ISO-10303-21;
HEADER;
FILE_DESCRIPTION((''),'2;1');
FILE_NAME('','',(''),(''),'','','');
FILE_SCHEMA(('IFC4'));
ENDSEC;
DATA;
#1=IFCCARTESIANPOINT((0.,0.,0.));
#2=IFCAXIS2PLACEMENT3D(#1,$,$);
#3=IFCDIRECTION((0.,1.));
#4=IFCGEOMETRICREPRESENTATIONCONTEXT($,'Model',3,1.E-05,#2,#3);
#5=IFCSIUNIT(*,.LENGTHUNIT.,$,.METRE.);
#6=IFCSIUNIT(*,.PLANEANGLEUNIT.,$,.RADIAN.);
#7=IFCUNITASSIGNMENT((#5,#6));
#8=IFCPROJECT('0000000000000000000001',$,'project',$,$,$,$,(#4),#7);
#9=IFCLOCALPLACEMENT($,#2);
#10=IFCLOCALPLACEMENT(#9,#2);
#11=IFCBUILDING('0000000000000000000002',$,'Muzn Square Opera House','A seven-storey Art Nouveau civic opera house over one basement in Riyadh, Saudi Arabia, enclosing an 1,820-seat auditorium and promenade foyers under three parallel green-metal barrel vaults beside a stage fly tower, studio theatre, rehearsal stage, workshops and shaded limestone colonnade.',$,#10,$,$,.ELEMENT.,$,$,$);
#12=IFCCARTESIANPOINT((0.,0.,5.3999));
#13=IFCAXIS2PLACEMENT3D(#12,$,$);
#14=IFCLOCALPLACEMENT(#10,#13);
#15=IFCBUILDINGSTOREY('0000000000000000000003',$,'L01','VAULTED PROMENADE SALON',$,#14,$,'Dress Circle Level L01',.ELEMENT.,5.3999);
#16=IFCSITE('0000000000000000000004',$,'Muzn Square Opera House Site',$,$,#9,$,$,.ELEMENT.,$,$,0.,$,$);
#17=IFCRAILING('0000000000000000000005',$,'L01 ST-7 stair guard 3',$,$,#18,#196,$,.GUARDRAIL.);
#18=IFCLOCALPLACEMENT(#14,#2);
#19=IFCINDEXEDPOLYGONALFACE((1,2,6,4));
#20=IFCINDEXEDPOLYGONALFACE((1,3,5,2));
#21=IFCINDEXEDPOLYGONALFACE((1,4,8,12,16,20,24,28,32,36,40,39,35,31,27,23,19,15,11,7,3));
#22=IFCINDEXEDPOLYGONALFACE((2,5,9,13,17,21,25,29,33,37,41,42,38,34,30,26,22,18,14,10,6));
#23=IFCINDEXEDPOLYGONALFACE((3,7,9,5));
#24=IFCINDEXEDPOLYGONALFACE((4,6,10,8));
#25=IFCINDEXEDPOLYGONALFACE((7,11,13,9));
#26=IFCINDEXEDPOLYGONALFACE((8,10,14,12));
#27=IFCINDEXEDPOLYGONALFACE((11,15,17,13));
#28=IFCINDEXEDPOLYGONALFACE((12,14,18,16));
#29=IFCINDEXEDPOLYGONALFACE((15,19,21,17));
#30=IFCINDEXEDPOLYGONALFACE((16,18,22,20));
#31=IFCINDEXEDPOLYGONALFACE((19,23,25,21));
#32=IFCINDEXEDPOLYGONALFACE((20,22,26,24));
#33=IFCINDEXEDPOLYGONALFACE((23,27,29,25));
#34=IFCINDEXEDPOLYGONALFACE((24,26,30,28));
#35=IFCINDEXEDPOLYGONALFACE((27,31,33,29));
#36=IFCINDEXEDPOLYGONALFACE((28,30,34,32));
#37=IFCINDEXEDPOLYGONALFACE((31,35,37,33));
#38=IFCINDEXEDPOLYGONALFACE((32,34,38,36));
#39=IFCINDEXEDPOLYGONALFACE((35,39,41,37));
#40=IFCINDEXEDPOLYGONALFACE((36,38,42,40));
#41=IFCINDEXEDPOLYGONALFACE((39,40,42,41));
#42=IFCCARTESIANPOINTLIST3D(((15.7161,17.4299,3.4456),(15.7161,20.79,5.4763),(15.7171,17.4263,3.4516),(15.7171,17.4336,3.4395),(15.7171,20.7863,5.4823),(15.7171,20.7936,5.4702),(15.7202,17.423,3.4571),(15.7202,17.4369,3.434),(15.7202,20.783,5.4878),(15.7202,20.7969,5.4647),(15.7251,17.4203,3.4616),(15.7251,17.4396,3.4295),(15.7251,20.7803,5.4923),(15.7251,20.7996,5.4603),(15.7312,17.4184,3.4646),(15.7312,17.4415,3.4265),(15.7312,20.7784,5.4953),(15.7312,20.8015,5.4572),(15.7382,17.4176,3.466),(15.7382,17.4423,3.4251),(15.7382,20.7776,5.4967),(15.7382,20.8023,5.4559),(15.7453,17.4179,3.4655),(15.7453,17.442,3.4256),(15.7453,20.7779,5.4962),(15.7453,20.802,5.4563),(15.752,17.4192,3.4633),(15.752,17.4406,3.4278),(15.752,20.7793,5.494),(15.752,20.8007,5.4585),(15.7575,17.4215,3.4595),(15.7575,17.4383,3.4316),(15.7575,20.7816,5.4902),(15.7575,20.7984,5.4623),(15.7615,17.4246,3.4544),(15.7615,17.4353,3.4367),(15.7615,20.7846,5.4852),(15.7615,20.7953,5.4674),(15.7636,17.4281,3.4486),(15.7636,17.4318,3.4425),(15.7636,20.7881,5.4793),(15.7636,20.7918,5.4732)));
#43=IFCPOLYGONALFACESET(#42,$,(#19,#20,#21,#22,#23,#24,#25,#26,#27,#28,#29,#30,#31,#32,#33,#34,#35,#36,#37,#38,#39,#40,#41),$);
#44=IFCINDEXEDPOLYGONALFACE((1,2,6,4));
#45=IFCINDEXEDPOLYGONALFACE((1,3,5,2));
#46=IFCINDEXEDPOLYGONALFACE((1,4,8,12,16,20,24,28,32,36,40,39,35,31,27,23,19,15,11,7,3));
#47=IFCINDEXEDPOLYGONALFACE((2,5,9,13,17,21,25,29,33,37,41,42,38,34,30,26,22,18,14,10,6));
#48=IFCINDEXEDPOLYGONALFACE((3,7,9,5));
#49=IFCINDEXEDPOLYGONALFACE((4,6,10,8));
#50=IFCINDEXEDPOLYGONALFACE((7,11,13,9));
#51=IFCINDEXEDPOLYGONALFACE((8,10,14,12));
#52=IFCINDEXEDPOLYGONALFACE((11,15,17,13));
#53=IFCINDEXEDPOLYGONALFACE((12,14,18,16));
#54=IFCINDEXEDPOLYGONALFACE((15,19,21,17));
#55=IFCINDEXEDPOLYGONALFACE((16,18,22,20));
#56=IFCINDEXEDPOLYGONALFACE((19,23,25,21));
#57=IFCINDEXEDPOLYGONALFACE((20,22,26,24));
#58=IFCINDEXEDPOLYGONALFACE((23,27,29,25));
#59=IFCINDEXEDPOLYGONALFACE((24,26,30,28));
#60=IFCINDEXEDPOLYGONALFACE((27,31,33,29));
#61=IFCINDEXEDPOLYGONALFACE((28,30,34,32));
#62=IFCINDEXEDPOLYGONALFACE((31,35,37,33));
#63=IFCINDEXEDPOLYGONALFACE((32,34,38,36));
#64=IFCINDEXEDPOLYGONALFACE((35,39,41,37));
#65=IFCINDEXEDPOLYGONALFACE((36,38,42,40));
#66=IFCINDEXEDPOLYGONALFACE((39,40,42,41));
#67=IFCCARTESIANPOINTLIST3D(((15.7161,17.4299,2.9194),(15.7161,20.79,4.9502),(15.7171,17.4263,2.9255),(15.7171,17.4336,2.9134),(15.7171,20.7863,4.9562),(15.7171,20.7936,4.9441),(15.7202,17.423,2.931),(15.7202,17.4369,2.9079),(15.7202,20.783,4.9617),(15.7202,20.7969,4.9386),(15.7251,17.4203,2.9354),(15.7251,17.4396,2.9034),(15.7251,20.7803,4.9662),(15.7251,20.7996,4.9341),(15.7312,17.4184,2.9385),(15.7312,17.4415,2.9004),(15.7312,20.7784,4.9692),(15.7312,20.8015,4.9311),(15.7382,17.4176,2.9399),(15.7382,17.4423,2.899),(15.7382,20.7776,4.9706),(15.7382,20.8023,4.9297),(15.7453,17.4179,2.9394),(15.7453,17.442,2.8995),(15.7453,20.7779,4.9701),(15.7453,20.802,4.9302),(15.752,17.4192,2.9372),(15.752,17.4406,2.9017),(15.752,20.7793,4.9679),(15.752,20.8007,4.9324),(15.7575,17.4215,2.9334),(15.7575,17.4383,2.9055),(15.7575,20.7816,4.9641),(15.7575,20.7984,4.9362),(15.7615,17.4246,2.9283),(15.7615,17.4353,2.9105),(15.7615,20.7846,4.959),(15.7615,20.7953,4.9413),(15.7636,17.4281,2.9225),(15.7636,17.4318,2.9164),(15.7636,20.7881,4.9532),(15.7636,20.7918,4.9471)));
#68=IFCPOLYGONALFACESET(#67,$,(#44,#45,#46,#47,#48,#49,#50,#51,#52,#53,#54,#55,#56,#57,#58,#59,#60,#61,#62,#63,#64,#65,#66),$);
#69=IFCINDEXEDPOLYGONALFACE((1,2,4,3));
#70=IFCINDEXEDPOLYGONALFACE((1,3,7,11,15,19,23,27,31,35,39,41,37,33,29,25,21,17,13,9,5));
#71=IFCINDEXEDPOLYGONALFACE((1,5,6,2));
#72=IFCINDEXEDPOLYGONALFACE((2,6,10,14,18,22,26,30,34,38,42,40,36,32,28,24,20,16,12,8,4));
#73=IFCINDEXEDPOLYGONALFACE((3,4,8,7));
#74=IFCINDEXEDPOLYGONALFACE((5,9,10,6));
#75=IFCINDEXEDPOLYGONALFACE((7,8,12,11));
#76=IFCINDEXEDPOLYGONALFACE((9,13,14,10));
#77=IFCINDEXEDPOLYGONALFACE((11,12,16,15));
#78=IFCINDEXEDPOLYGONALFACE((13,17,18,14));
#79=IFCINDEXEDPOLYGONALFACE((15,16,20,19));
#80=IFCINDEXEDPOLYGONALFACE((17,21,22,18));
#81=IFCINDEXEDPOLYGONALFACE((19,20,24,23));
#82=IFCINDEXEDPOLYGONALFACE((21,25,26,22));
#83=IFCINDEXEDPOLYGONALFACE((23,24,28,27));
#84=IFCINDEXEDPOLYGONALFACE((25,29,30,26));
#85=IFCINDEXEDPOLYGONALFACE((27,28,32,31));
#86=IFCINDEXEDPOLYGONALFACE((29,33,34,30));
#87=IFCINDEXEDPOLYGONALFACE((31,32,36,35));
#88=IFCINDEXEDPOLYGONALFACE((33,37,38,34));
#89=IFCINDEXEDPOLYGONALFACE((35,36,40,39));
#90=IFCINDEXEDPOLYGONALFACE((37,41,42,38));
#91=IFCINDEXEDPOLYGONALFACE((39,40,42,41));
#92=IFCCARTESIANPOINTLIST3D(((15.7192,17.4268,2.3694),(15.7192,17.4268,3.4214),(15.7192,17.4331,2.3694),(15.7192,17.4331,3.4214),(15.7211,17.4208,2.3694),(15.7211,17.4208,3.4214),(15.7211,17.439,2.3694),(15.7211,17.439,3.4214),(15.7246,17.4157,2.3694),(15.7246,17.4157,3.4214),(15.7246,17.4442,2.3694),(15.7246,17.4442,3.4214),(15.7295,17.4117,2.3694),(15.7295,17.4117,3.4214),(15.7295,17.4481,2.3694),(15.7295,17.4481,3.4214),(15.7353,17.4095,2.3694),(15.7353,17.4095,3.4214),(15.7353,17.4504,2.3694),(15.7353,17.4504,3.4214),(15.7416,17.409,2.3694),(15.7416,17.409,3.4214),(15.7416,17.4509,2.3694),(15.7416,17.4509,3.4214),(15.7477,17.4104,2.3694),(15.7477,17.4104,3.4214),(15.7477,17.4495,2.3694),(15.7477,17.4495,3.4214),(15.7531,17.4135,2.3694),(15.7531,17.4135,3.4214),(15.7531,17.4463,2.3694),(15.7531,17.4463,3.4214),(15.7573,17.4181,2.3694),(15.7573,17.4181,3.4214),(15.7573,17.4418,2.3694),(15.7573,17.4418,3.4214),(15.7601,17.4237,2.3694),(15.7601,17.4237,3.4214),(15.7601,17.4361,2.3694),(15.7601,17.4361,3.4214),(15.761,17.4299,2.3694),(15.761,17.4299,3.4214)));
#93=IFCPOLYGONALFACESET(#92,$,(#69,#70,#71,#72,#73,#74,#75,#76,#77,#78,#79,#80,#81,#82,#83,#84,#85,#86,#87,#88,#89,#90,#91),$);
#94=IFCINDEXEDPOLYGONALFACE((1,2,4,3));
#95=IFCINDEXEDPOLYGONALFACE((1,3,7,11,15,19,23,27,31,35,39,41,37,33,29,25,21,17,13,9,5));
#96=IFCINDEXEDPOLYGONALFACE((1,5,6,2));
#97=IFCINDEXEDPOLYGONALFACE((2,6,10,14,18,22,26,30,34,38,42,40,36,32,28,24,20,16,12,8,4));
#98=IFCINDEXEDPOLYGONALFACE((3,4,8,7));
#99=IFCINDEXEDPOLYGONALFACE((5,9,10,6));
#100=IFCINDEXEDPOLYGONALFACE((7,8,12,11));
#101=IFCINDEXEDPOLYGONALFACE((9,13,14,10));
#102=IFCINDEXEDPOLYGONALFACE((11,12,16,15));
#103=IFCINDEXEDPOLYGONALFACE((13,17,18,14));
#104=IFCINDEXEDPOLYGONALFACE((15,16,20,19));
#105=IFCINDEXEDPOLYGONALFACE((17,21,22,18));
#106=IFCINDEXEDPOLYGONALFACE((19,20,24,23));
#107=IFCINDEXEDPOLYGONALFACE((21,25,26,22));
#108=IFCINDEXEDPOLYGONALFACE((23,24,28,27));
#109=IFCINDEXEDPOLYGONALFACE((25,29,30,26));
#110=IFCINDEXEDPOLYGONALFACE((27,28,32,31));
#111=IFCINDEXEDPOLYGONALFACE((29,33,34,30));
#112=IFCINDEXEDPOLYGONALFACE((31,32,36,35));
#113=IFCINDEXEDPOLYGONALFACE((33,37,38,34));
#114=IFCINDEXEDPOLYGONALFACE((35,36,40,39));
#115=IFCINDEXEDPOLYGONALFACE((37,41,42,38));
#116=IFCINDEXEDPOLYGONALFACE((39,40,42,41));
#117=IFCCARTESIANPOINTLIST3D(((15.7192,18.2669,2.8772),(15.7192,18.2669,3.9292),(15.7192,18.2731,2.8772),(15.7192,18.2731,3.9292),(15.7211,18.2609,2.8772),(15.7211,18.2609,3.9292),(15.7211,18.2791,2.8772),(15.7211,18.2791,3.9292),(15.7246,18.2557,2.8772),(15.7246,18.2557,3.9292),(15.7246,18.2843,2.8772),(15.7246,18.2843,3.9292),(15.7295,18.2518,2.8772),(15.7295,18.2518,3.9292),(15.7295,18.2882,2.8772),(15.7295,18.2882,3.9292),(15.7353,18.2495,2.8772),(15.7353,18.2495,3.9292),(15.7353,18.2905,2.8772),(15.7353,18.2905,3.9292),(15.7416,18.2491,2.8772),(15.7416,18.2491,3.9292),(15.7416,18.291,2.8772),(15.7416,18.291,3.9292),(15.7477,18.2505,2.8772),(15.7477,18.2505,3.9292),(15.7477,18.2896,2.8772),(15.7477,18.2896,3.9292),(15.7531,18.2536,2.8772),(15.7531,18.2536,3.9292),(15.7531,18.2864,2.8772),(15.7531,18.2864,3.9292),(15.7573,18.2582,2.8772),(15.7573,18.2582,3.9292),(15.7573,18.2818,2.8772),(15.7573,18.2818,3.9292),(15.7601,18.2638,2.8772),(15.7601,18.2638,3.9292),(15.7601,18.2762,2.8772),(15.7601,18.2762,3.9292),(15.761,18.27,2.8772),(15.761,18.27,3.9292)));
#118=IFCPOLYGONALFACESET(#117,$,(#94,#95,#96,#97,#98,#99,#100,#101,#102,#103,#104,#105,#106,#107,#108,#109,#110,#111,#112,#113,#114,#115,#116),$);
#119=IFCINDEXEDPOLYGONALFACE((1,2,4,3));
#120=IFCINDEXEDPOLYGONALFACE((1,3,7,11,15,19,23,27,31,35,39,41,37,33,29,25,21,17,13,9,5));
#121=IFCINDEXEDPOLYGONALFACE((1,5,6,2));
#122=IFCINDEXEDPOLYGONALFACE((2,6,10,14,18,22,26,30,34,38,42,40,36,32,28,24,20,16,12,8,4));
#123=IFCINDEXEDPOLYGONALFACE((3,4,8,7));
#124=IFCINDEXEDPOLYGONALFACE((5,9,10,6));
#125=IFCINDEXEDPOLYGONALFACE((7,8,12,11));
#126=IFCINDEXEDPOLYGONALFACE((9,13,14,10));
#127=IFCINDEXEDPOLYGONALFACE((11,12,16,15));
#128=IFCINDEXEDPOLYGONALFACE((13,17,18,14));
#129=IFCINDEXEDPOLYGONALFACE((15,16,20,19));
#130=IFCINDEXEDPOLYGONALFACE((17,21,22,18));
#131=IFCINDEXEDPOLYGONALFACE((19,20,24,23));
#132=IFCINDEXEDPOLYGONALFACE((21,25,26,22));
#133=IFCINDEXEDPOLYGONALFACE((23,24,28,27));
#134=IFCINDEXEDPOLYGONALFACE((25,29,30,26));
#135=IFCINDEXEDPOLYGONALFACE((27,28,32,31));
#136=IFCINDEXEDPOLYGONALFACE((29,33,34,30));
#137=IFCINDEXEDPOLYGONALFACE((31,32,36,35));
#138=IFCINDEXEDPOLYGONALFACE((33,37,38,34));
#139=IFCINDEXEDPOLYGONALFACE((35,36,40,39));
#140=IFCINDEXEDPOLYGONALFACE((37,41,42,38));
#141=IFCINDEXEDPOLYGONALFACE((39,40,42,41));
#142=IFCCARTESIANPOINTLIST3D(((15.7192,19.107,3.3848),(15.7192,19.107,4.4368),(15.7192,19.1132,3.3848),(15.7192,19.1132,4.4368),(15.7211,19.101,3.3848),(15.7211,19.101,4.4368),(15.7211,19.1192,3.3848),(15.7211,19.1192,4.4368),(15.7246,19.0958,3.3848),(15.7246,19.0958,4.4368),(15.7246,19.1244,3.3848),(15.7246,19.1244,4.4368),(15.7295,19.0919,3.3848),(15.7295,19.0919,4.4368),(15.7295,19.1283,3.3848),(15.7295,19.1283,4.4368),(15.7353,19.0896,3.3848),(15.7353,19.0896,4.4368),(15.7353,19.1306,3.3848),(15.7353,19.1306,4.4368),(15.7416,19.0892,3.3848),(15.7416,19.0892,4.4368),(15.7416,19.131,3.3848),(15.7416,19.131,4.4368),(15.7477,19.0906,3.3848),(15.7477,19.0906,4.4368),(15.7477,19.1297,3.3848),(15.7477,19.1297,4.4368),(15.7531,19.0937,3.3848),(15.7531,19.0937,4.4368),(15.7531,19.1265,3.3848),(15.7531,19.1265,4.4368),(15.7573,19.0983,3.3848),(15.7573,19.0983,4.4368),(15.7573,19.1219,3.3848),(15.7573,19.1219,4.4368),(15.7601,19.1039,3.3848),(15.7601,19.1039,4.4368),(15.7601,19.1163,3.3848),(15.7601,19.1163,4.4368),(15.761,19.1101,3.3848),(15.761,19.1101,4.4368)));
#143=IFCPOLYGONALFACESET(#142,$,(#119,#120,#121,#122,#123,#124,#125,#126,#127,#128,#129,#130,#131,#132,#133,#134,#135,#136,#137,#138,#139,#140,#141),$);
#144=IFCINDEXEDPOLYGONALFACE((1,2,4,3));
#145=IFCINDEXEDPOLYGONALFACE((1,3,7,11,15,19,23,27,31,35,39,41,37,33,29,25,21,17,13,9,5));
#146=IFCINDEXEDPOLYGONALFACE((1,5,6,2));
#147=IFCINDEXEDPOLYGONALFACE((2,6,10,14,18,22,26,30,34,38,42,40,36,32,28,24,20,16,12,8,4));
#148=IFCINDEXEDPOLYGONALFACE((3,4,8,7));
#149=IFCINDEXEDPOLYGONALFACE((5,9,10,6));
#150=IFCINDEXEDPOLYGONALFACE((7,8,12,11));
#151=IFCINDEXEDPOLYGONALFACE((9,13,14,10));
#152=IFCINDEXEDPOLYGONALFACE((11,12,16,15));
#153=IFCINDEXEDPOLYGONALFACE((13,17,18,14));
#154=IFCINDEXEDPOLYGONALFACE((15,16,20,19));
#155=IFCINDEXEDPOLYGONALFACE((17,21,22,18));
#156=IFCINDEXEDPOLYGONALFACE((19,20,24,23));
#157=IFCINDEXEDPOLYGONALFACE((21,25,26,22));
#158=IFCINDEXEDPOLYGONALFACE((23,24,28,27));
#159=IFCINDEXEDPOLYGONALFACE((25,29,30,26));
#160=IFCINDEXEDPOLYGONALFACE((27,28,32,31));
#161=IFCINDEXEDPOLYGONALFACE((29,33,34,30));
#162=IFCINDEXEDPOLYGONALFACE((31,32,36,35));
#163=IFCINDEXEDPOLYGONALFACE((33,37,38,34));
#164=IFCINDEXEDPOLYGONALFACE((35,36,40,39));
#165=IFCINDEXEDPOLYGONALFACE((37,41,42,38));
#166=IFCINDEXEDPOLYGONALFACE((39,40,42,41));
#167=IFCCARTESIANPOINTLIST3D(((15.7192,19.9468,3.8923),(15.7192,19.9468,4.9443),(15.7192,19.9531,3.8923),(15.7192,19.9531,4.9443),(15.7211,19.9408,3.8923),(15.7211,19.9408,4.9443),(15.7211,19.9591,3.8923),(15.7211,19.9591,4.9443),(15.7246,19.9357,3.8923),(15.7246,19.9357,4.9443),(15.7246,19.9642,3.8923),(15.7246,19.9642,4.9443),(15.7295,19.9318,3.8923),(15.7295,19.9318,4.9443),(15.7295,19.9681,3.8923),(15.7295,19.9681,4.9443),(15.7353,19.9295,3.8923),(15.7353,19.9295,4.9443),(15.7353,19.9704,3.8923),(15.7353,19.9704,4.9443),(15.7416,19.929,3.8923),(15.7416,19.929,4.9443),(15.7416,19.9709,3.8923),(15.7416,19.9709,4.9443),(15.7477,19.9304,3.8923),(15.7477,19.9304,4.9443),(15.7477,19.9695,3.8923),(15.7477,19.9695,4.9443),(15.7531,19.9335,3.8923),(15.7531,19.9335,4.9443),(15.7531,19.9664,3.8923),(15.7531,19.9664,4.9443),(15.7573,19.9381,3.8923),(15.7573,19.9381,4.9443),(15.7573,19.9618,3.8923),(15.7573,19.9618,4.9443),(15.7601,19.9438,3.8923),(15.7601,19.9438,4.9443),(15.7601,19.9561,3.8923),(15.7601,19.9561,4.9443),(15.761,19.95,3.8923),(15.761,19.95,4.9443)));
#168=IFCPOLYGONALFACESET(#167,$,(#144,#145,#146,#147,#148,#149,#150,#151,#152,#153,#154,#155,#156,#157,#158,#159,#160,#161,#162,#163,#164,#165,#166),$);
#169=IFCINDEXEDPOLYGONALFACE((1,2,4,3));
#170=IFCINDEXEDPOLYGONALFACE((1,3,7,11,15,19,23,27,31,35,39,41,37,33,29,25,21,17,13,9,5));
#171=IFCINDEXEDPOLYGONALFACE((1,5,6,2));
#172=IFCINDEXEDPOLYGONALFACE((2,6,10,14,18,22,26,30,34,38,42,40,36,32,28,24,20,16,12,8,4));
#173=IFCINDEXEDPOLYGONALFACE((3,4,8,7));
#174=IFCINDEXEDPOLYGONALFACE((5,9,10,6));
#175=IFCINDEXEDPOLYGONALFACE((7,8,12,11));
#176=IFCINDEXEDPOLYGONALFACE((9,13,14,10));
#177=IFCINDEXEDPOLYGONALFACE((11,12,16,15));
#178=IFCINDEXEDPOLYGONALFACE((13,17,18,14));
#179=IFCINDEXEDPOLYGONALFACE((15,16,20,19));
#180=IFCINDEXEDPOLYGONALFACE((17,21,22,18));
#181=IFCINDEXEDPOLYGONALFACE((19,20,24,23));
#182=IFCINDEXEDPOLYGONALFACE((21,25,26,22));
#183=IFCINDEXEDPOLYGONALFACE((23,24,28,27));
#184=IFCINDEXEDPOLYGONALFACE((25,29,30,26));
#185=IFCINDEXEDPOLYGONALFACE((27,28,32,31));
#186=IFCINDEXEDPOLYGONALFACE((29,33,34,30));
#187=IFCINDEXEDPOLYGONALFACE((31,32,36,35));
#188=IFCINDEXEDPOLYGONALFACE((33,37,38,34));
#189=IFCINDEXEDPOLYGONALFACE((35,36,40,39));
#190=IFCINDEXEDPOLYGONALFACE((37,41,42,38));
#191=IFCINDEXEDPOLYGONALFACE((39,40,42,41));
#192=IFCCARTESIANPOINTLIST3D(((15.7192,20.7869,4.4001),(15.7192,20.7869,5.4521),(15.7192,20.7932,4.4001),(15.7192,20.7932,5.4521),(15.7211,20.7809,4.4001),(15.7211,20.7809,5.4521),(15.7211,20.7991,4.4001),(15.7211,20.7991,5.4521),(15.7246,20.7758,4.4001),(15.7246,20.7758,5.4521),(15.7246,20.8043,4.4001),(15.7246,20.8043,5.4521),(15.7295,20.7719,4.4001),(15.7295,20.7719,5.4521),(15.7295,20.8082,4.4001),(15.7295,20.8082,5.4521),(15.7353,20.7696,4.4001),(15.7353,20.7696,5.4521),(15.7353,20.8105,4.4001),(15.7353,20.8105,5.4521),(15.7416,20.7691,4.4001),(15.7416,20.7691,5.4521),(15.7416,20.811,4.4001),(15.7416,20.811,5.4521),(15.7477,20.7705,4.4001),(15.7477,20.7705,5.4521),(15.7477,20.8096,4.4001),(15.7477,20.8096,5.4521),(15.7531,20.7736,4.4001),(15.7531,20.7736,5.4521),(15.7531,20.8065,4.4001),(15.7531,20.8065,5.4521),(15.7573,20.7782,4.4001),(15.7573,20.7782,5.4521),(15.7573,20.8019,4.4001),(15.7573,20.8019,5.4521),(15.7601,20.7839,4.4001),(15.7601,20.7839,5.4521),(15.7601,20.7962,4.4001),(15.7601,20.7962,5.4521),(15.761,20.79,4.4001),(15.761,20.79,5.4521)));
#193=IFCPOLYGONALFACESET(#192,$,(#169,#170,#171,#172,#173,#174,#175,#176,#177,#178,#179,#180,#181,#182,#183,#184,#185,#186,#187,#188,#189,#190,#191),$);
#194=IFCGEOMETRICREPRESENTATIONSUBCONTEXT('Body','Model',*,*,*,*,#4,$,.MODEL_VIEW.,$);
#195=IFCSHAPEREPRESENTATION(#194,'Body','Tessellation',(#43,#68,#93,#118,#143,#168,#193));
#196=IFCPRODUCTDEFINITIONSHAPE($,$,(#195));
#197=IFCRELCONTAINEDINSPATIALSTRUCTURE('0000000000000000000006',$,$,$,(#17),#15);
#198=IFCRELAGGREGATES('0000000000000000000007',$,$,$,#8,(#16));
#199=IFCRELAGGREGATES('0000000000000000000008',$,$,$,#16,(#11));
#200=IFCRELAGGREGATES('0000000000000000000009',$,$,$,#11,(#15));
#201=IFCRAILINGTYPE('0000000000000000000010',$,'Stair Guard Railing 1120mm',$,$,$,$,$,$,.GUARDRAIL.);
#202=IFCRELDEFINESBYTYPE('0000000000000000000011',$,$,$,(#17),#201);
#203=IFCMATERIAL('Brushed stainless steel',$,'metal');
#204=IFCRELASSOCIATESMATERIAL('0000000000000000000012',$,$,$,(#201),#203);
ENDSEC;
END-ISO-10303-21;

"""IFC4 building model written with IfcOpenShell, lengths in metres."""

from ifc_helpers import new_model, si_unit, direction, frame, origin, origin_2d, place, context, subcontext, project, spatial, circle, extrude, material, type_object, element, save


model = new_model("IFC4")

# Units and contexts
model_context = context("Model", 3, precision=1e-05, world=origin(), true_north=direction((0.0, 1.0)))
body_context = subcontext(model_context, "Body", "Model", "MODEL_VIEW")
ifc_project = project(units=[si_unit("LENGTHUNIT", "METRE"), si_unit("PLANEANGLEUNIT", "RADIAN")], contexts=[model_context])

# Site, building, storey
site_placement = place(None, origin())
site = spatial("IfcSite", under=ifc_project, at=site_placement, Name="Muzn Square Opera House Site", CompositionType="ELEMENT", RefElevation=0.0)
building_placement = place(site_placement, origin())
building = spatial("IfcBuilding", under=site, at=building_placement, Name="Muzn Square Opera House", Description="A seven-storey Art Nouveau civic opera house over one basement in Riyadh, Saudi Arabia, enclosing an 1,820-seat auditorium and promenade foyers under three parallel green-metal barrel vaults beside a stage fly tower, studio theatre, rehearsal stage, workshops and shaded limestone colonnade.", CompositionType="ELEMENT")
storey_placement = place(building_placement, frame((0.0, 0.0, 5.3999)))
storey = spatial("IfcBuildingStorey", under=building, at=storey_placement, Name="L01", Description="VAULTED PROMENADE SALON", LongName="Dress Circle Level L01", CompositionType="ELEMENT", Elevation=5.3999)

# Railing
ifc_material_1 = material(Name="Brushed stainless steel", Category="metal")
railing_type_1 = type_object("IfcRailingType", Name="Stair Guard Railing 1120mm", PredefinedType="GUARDRAIL", material=ifc_material_1)
railing_1_placement = place(storey_placement, frame((15.74, 17.4299, 2.3694)))
element("IfcRailing", 1, at=railing_1_placement, inside=storey, type_object=railing_type_1, Name="L01 ST-7 stair guard 3", PredefinedType="GUARDRAIL", context=body_context, shape_type="SweptSolid", body=[
    extrude(circle(Radius=0.0239, at=origin_2d()), frame((0.0, 0.0, 1.0762), z_axis=(0.0, 0.855837, 0.517246), x_axis=(-1.0, 0.0, 0.0)), (0.0, 0.0, 1.0), 3.926),
    extrude(circle(Radius=0.0239, at=origin_2d()), frame((0.0, 0.0, 0.55), z_axis=(0.0, 0.855837, 0.517246), x_axis=(-1.0, 0.0, 0.0)), (0.0, 0.0, 1.0), 3.926),
    extrude(circle(Radius=0.021, at=origin_2d()), origin(), (0.0, 0.0, 1.0), 1.052),
    extrude(circle(Radius=0.021, at=origin_2d()), frame((0.0, 0.8401, 0.5078)), (0.0, 0.0, 1.0), 1.052),
    extrude(circle(Radius=0.021, at=origin_2d()), frame((0.0, 1.6802, 1.0154)), (0.0, 0.0, 1.0), 1.052),
    extrude(circle(Radius=0.021, at=origin_2d()), frame((0.0, 2.52, 1.5229)), (0.0, 0.0, 1.0), 1.052),
    extrude(circle(Radius=0.021, at=origin_2d()), frame((0.0, 3.3601, 2.0308)), (0.0, 0.0, 1.0), 1.052),
])

save(model, "model.ifc")
